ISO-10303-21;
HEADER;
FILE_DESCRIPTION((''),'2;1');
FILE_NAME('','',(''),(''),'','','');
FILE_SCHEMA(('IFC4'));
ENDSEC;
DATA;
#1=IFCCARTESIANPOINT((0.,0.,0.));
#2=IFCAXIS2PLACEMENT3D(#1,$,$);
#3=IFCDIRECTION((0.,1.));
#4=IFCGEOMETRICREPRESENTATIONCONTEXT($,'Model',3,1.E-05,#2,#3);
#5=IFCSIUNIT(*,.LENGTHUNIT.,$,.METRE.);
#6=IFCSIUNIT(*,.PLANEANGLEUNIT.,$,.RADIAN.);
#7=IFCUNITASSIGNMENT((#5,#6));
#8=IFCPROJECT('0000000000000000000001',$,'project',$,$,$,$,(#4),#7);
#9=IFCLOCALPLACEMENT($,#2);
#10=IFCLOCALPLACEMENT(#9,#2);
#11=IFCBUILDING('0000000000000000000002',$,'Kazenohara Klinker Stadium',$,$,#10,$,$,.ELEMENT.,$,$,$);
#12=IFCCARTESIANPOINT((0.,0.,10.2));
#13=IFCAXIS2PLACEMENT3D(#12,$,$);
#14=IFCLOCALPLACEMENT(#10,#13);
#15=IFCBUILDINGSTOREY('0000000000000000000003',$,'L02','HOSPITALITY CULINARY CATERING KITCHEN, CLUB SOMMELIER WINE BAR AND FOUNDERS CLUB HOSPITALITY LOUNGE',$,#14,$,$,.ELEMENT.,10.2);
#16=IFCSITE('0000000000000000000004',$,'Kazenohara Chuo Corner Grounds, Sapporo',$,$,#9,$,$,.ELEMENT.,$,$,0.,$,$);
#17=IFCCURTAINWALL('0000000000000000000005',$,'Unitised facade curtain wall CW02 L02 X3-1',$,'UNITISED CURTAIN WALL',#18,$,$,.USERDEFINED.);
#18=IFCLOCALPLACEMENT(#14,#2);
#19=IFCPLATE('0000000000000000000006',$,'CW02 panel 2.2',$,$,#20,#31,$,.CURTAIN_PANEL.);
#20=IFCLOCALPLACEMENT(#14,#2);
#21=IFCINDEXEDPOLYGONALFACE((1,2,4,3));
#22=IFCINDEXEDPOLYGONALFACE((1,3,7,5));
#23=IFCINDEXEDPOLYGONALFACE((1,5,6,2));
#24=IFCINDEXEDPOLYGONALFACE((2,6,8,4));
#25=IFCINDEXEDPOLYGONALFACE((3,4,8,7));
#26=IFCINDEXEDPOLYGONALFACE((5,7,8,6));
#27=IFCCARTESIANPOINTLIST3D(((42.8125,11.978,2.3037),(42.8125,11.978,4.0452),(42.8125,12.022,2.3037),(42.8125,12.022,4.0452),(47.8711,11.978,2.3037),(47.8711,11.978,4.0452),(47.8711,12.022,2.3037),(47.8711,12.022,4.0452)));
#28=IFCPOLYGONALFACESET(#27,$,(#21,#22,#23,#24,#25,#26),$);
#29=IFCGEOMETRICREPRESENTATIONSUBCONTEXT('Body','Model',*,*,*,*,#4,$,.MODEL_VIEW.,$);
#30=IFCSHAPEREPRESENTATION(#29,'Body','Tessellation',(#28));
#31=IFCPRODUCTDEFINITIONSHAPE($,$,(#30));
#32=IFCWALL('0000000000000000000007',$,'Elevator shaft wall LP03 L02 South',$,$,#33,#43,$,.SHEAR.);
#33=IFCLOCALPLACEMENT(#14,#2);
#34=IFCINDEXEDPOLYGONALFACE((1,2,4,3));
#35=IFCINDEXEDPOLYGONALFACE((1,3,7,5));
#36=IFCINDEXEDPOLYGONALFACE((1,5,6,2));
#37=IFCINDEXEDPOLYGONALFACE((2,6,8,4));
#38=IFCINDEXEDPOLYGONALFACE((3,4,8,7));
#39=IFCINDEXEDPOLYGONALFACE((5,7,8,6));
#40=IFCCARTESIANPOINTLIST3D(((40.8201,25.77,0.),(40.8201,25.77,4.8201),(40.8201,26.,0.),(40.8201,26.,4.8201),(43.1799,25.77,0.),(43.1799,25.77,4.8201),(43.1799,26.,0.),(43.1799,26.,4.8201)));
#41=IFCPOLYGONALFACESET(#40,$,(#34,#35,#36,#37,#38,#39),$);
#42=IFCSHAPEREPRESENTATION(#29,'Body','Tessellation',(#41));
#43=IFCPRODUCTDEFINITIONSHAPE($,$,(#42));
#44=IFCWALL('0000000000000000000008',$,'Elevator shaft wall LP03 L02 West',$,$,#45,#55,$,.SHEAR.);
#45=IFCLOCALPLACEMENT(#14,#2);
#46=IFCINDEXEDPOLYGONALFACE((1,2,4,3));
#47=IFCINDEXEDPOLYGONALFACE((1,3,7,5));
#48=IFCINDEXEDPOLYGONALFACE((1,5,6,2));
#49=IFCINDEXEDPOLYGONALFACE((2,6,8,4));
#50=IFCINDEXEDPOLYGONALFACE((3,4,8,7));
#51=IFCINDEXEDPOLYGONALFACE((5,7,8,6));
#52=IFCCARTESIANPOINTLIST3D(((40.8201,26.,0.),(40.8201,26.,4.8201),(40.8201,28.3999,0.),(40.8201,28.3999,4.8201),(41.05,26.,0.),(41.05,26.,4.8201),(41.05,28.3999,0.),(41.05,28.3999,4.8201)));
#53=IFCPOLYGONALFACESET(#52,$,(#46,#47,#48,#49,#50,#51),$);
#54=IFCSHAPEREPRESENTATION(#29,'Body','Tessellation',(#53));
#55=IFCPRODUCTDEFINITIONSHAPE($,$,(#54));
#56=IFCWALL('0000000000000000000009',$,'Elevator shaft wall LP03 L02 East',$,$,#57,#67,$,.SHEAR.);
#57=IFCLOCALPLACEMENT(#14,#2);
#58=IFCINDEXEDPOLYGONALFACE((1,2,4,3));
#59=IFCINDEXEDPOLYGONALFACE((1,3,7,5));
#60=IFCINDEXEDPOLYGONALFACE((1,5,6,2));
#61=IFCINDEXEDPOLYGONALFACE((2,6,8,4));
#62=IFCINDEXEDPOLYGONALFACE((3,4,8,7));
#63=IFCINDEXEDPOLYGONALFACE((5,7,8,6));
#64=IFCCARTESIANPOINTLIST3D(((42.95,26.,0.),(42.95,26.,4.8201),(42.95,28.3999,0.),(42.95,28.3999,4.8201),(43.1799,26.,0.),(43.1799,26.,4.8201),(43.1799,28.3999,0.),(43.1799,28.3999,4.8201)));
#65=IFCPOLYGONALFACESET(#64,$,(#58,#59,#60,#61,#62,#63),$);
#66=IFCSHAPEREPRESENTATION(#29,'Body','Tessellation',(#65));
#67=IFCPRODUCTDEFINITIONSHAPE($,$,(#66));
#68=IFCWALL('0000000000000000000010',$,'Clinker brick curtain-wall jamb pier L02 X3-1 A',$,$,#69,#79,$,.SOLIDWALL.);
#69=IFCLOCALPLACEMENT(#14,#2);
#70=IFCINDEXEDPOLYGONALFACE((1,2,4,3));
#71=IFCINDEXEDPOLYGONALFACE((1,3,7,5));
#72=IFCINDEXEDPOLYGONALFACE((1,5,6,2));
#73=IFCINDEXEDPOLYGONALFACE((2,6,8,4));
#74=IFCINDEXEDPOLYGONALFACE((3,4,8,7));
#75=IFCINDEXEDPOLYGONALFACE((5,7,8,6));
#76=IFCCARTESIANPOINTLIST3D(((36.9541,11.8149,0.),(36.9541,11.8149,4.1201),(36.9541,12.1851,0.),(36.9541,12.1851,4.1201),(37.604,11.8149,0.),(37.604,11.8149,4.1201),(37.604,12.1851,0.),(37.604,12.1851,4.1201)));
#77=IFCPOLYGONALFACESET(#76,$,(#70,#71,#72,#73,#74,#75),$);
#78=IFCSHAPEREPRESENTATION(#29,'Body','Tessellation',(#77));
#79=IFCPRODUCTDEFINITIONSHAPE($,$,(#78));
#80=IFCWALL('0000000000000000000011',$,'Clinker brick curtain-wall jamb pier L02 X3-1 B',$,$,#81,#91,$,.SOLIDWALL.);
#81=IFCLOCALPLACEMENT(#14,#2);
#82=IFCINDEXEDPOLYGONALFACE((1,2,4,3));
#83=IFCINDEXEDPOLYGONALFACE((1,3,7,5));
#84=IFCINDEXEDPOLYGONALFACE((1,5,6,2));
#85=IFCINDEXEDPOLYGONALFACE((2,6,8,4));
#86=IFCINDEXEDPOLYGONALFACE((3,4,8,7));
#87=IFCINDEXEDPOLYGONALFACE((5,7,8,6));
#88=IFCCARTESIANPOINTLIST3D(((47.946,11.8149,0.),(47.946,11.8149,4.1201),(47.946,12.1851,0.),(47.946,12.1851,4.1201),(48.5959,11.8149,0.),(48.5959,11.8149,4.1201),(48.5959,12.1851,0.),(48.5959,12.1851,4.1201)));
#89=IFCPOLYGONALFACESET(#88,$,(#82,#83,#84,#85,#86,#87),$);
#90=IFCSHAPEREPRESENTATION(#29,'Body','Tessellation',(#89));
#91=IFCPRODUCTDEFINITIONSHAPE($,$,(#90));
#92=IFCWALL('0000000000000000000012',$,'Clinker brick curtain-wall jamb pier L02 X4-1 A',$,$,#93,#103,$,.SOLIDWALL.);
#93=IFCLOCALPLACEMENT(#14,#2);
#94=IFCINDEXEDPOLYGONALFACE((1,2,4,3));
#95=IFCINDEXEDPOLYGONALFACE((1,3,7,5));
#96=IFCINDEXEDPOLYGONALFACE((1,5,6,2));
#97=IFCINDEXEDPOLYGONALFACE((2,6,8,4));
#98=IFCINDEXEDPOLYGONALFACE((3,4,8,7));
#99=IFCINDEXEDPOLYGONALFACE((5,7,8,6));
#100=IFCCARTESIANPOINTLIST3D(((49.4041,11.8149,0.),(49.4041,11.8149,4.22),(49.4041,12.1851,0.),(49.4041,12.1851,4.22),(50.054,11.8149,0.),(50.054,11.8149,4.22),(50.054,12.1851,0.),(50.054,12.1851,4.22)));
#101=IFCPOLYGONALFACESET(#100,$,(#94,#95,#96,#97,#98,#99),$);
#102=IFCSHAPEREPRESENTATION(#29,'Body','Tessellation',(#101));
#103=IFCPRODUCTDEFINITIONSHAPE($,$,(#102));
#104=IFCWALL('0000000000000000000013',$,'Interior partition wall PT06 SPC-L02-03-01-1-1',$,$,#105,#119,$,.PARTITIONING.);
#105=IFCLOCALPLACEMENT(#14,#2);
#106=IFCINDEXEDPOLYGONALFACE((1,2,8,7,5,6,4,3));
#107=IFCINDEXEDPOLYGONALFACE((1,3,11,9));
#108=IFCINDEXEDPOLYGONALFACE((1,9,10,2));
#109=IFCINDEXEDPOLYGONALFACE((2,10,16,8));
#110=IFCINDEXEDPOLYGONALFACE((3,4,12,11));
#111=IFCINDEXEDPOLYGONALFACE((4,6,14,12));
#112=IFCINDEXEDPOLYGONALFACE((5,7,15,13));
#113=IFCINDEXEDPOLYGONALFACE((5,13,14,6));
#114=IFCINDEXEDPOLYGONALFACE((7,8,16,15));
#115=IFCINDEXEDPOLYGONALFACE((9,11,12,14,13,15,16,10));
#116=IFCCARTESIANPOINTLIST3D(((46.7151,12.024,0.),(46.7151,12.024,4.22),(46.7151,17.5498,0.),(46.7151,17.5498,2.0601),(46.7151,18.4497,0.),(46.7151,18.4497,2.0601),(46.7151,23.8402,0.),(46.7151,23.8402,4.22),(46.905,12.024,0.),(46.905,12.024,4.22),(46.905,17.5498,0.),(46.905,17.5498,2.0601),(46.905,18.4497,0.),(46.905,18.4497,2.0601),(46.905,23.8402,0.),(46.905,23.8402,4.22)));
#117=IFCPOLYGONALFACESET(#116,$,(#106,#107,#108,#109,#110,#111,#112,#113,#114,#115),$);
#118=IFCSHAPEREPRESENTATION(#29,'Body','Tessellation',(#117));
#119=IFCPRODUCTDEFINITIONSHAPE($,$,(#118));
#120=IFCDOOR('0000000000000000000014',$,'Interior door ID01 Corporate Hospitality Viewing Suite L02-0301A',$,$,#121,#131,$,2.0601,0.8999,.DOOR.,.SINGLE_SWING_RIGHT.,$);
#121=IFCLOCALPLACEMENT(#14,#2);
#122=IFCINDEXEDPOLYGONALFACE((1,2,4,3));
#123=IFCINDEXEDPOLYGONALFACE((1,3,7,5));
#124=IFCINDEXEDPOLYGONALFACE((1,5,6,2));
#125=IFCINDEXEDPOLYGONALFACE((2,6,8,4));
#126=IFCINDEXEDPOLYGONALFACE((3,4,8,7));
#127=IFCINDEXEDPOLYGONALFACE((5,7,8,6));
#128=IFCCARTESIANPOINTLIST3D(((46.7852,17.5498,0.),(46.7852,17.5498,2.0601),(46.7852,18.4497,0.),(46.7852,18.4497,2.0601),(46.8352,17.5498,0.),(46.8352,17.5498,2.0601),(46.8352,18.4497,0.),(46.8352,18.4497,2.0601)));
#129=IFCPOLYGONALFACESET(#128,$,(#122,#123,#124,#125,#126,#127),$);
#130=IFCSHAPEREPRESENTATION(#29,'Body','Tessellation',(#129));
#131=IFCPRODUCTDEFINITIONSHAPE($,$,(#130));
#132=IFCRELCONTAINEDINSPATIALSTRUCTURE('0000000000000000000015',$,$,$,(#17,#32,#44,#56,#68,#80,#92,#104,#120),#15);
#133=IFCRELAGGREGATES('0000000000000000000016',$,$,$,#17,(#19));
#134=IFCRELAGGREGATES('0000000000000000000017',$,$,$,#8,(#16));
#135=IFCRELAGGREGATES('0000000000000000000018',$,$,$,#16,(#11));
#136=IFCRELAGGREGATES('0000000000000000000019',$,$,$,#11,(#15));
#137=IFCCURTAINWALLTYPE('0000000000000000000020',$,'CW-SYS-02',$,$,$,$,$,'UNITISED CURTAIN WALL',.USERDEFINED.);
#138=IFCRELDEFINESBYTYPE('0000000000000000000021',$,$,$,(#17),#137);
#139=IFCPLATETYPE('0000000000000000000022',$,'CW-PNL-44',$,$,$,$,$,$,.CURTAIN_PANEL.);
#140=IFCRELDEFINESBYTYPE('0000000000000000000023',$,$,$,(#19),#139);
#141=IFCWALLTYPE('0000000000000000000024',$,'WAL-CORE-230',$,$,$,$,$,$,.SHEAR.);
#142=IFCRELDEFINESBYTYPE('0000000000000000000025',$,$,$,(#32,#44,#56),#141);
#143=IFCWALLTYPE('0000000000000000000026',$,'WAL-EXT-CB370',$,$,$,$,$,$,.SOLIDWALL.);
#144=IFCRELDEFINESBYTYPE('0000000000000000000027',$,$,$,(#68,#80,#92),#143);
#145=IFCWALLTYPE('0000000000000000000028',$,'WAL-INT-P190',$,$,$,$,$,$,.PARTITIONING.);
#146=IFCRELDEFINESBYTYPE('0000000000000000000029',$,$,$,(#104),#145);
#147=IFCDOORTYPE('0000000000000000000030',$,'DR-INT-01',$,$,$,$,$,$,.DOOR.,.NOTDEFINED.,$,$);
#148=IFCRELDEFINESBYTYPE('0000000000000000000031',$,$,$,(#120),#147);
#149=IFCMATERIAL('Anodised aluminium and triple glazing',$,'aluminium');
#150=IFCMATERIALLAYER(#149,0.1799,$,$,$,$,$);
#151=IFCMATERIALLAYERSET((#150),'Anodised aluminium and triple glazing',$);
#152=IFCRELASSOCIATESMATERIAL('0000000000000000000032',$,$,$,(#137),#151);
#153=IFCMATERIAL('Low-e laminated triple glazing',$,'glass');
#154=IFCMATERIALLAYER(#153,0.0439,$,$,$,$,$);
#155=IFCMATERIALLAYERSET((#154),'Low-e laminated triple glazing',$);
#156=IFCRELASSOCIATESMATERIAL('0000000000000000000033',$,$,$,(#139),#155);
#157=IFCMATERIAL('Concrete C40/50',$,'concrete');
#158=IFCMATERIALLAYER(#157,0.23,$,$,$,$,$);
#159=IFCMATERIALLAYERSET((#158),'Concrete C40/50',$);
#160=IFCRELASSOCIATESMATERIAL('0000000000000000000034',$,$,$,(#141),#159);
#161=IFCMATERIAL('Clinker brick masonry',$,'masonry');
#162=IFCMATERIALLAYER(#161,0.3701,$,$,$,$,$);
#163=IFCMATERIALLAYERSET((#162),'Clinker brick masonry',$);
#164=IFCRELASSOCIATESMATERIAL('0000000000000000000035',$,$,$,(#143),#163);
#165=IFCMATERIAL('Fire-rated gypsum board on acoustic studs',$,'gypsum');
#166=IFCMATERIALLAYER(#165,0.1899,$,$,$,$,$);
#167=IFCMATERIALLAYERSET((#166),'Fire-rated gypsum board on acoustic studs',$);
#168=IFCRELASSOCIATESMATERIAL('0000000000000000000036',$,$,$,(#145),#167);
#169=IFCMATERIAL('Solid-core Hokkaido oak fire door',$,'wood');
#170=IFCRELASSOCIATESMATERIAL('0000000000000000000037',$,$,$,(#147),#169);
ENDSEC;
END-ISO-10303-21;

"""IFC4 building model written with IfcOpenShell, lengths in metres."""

from ifc_helpers import new_model, si_unit, direction, frame, frame_2d, origin, origin_2d, place, context, subcontext, project, spatial, rectangle, extrude, material, layer, layer_set, type_object, element, fill, aggregate, save


model = new_model("IFC4")

# Units and contexts
model_context = context("Model", 3, precision=1e-05, world=origin(), true_north=direction((0.0, 1.0)))
body_context = subcontext(model_context, "Body", "Model", "MODEL_VIEW")
ifc_project = project(units=[si_unit("LENGTHUNIT", "METRE"), si_unit("PLANEANGLEUNIT", "RADIAN")], contexts=[model_context])

# Site, building, storey
site_placement = place(None, origin())
site = spatial("IfcSite", under=ifc_project, at=site_placement, Name="Kazenohara Chuo Corner Grounds, Sapporo", CompositionType="ELEMENT", RefElevation=0.0)
building_placement = place(site_placement, origin())
building = spatial("IfcBuilding", under=site, at=building_placement, Name="Kazenohara Klinker Stadium", CompositionType="ELEMENT")
storey_placement = place(building_placement, frame((0.0, 0.0, 10.2)))
storey = spatial("IfcBuildingStorey", under=building, at=storey_placement, Name="L02", Description="HOSPITALITY CULINARY CATERING KITCHEN, CLUB SOMMELIER WINE BAR AND FOUNDERS CLUB HOSPITALITY LOUNGE", CompositionType="ELEMENT", Elevation=10.2)

# Shared definitions
ifc_material_1 = material(Name="Concrete C40/50", Category="concrete")

# Shared definitions
ifc_material_2 = material(Name="Anodised aluminium and triple glazing", Category="aluminium")

# Curtain wall
ifc_layer_1 = layer(ifc_material_2, 0.1799)
ifc_layer_set_1 = layer_set([ifc_layer_1], Name="Anodised aluminium and triple glazing")
curtain_wall_type_1 = type_object("IfcCurtainWallType", Name="CW-SYS-02", ElementType="UNITISED CURTAIN WALL", PredefinedType="USERDEFINED", material=ifc_layer_set_1)
curtain_wall_1_placement = place(storey_placement, origin())
curtain_wall_1 = element("IfcCurtainWall", 1, at=curtain_wall_1_placement, inside=storey, type_object=curtain_wall_type_1, Name="Unitised facade curtain wall CW02 L02 X3-1", ObjectType="UNITISED CURTAIN WALL", PredefinedType="USERDEFINED")

# Plate
ifc_material_3 = material(Name="Low-e laminated triple glazing", Category="glass")
ifc_layer_2 = layer(ifc_material_3, 0.0439)
ifc_layer_set_2 = layer_set([ifc_layer_2], Name="Low-e laminated triple glazing")
plate_type = type_object("IfcPlateType", Name="CW-PNL-44", PredefinedType="CURTAIN_PANEL", material=ifc_layer_set_2)
plate_1_placement = place(storey_placement, frame((45.3418, 12.0, 2.3037), z_axis=(0.0, 0.0, 1.0), x_axis=(1.0, 0.0, 0.0)))
plate_1 = element("IfcPlate", 2, at=plate_1_placement, type_object=plate_type, Name="CW02 panel 2.2", PredefinedType="CURTAIN_PANEL", context=body_context, shape_type="SweptSolid", body=[
    extrude(rectangle(XDim=5.0586, YDim=0.0439, at=origin_2d()), origin(), (0.0, 0.0, 1.0), 1.7415),
])
aggregate(curtain_wall_1, [plate_1])

# Wall
ifc_layer_3 = layer(ifc_material_1, 0.23)
ifc_layer_set_3 = layer_set([ifc_layer_3], Name="Concrete C40/50")
wall_type_1 = type_object("IfcWallType", Name="WAL-CORE-230", PredefinedType="SHEAR", material=ifc_layer_set_3)
wall_1_placement = place(storey_placement, frame((40.8201, 25.885, 0.0), z_axis=(0.0, 0.0, 1.0), x_axis=(1.0, 0.0, 0.0)))
element("IfcWall", 3, at=wall_1_placement, inside=storey, type_object=wall_type_1, Name="Elevator shaft wall LP03 L02 South", PredefinedType="SHEAR", context=body_context, shape_type="SweptSolid", body=[
    extrude(rectangle(XDim=2.3599, YDim=0.23, at=frame_2d((1.1799, 0.0))), origin(), (0.0, 0.0, 1.0), 4.8201),
])

# Walls
for number, where, z_axis, x_axis, name in (
    (4, (40.9351, 26.0, 0.0), (0.0, 0.0, 1.0), (0.0, 1.0, 0.0), "Elevator shaft wall LP03 L02 West"),
    (5, (43.0649, 26.0, 0.0), (0.0, 0.0, 1.0), (0.0, 1.0, 0.0), "Elevator shaft wall LP03 L02 East"),
):
    element("IfcWall", number, at=place(storey_placement, frame(where, z_axis=z_axis, x_axis=x_axis)), inside=storey, type_object=wall_type_1, Name=name, PredefinedType="SHEAR", context=body_context, shape_type="SweptSolid", body=[
        extrude(rectangle(XDim=2.3999, YDim=0.23, at=frame_2d((1.2, 0.0))), origin(), (0.0, 0.0, 1.0), 4.8201),
    ])
ifc_material_4 = material(Name="Clinker brick masonry", Category="masonry")
ifc_layer_4 = layer(ifc_material_4, 0.3701)
ifc_layer_set_4 = layer_set([ifc_layer_4], Name="Clinker brick masonry")
wall_type_2 = type_object("IfcWallType", Name="WAL-EXT-CB370", PredefinedType="SOLIDWALL", material=ifc_layer_set_4)
for number, where, z_axis, x_axis, name in (
    (6, (36.9541, 12.0, 0.0), (0.0, 0.0, 1.0), (1.0, 0.0, 0.0), "Clinker brick curtain-wall jamb pier L02 X3-1 A"),
    (7, (47.946, 12.0, 0.0), (0.0, 0.0, 1.0), (1.0, 0.0, 0.0), "Clinker brick curtain-wall jamb pier L02 X3-1 B"),
):
    element("IfcWall", number, at=place(storey_placement, frame(where, z_axis=z_axis, x_axis=x_axis)), inside=storey, type_object=wall_type_2, Name=name, PredefinedType="SOLIDWALL", context=body_context, shape_type="SweptSolid", body=[
        extrude(rectangle(XDim=0.6499, YDim=0.3701, at=frame_2d((0.325, 0.0))), origin(), (0.0, 0.0, 1.0), 4.1201),
    ])
wall_2_placement = place(storey_placement, frame((49.4041, 12.0, 0.0), z_axis=(0.0, 0.0, 1.0), x_axis=(1.0, 0.0, 0.0)))
element("IfcWall", 8, at=wall_2_placement, inside=storey, type_object=wall_type_2, Name="Clinker brick curtain-wall jamb pier L02 X4-1 A", PredefinedType="SOLIDWALL", context=body_context, shape_type="SweptSolid", body=[
    extrude(rectangle(XDim=0.6499, YDim=0.3701, at=frame_2d((0.325, 0.0))), origin(), (0.0, 0.0, 1.0), 4.22),
])

# Wall, opening, door
ifc_material_5 = material(Name="Fire-rated gypsum board on acoustic studs", Category="gypsum")
ifc_layer_5 = layer(ifc_material_5, 0.1899)
ifc_layer_set_5 = layer_set([ifc_layer_5], Name="Fire-rated gypsum board on acoustic studs")
wall_type_3 = type_object("IfcWallType", Name="WAL-INT-P190", PredefinedType="PARTITIONING", material=ifc_layer_set_5)
wall_3_placement = place(storey_placement, frame((46.8101, 12.0239, 0.0), z_axis=(0.0, 0.0, 1.0), x_axis=(0.0, 1.0, 0.0)))
wall_3 = element("IfcWall", 9, at=wall_3_placement, inside=storey, type_object=wall_type_3, Name="Interior partition wall PT06 SPC-L02-03-01-1-1", PredefinedType="PARTITIONING", context=body_context, shape_type="SweptSolid", body=[
    extrude(rectangle(XDim=11.8162, YDim=0.1899, at=frame_2d((5.9082, 0.0))), origin(), (0.0, 0.0, 1.0), 4.22),
])
opening_1_placement = place(wall_3_placement, frame((5.5259, 0.0, 0.0)))
opening_1 = element("IfcOpeningElement", 10, at=opening_1_placement, cuts=wall_3, PredefinedType="OPENING", context=body_context, shape_type="SweptSolid", body=[
    extrude(rectangle(XDim=0.8999, YDim=2.0601, at=frame_2d((0.45, 1.03))), frame((0.0, 0.105, 0.0), z_axis=(0.0, -1.0, 0.0), x_axis=(1.0, 0.0, 0.0)), (0.0, 0.0, 1.0), 0.21),
])
ifc_material_6 = material(Name="Solid-core Hokkaido oak fire door", Category="wood")
door_type_1 = type_object("IfcDoorType", Name="DR-INT-01", OperationType="NOTDEFINED", PredefinedType="DOOR", material=ifc_material_6)
door_1_placement = place(opening_1_placement, origin())
door_1 = element("IfcDoor", 11, at=door_1_placement, inside=storey, type_object=door_type_1, Name="Interior door ID01 Corporate Hospitality Viewing Suite L02-0301A", OperationType="SINGLE_SWING_RIGHT", OverallHeight=2.0601, OverallWidth=0.8999, PredefinedType="DOOR", context=body_context, shape_type="SweptSolid", body=[
    extrude(rectangle(XDim=0.8999, YDim=2.0601, at=frame_2d((0.45, 1.03))), frame((0.0, 0.0249, 0.0), z_axis=(0.0, -1.0, 0.0), x_axis=(1.0, 0.0, 0.0)), (0.0, 0.0, 1.0), 0.05),
])
fill(opening_1, door_1)

save(model, "model.ifc")
